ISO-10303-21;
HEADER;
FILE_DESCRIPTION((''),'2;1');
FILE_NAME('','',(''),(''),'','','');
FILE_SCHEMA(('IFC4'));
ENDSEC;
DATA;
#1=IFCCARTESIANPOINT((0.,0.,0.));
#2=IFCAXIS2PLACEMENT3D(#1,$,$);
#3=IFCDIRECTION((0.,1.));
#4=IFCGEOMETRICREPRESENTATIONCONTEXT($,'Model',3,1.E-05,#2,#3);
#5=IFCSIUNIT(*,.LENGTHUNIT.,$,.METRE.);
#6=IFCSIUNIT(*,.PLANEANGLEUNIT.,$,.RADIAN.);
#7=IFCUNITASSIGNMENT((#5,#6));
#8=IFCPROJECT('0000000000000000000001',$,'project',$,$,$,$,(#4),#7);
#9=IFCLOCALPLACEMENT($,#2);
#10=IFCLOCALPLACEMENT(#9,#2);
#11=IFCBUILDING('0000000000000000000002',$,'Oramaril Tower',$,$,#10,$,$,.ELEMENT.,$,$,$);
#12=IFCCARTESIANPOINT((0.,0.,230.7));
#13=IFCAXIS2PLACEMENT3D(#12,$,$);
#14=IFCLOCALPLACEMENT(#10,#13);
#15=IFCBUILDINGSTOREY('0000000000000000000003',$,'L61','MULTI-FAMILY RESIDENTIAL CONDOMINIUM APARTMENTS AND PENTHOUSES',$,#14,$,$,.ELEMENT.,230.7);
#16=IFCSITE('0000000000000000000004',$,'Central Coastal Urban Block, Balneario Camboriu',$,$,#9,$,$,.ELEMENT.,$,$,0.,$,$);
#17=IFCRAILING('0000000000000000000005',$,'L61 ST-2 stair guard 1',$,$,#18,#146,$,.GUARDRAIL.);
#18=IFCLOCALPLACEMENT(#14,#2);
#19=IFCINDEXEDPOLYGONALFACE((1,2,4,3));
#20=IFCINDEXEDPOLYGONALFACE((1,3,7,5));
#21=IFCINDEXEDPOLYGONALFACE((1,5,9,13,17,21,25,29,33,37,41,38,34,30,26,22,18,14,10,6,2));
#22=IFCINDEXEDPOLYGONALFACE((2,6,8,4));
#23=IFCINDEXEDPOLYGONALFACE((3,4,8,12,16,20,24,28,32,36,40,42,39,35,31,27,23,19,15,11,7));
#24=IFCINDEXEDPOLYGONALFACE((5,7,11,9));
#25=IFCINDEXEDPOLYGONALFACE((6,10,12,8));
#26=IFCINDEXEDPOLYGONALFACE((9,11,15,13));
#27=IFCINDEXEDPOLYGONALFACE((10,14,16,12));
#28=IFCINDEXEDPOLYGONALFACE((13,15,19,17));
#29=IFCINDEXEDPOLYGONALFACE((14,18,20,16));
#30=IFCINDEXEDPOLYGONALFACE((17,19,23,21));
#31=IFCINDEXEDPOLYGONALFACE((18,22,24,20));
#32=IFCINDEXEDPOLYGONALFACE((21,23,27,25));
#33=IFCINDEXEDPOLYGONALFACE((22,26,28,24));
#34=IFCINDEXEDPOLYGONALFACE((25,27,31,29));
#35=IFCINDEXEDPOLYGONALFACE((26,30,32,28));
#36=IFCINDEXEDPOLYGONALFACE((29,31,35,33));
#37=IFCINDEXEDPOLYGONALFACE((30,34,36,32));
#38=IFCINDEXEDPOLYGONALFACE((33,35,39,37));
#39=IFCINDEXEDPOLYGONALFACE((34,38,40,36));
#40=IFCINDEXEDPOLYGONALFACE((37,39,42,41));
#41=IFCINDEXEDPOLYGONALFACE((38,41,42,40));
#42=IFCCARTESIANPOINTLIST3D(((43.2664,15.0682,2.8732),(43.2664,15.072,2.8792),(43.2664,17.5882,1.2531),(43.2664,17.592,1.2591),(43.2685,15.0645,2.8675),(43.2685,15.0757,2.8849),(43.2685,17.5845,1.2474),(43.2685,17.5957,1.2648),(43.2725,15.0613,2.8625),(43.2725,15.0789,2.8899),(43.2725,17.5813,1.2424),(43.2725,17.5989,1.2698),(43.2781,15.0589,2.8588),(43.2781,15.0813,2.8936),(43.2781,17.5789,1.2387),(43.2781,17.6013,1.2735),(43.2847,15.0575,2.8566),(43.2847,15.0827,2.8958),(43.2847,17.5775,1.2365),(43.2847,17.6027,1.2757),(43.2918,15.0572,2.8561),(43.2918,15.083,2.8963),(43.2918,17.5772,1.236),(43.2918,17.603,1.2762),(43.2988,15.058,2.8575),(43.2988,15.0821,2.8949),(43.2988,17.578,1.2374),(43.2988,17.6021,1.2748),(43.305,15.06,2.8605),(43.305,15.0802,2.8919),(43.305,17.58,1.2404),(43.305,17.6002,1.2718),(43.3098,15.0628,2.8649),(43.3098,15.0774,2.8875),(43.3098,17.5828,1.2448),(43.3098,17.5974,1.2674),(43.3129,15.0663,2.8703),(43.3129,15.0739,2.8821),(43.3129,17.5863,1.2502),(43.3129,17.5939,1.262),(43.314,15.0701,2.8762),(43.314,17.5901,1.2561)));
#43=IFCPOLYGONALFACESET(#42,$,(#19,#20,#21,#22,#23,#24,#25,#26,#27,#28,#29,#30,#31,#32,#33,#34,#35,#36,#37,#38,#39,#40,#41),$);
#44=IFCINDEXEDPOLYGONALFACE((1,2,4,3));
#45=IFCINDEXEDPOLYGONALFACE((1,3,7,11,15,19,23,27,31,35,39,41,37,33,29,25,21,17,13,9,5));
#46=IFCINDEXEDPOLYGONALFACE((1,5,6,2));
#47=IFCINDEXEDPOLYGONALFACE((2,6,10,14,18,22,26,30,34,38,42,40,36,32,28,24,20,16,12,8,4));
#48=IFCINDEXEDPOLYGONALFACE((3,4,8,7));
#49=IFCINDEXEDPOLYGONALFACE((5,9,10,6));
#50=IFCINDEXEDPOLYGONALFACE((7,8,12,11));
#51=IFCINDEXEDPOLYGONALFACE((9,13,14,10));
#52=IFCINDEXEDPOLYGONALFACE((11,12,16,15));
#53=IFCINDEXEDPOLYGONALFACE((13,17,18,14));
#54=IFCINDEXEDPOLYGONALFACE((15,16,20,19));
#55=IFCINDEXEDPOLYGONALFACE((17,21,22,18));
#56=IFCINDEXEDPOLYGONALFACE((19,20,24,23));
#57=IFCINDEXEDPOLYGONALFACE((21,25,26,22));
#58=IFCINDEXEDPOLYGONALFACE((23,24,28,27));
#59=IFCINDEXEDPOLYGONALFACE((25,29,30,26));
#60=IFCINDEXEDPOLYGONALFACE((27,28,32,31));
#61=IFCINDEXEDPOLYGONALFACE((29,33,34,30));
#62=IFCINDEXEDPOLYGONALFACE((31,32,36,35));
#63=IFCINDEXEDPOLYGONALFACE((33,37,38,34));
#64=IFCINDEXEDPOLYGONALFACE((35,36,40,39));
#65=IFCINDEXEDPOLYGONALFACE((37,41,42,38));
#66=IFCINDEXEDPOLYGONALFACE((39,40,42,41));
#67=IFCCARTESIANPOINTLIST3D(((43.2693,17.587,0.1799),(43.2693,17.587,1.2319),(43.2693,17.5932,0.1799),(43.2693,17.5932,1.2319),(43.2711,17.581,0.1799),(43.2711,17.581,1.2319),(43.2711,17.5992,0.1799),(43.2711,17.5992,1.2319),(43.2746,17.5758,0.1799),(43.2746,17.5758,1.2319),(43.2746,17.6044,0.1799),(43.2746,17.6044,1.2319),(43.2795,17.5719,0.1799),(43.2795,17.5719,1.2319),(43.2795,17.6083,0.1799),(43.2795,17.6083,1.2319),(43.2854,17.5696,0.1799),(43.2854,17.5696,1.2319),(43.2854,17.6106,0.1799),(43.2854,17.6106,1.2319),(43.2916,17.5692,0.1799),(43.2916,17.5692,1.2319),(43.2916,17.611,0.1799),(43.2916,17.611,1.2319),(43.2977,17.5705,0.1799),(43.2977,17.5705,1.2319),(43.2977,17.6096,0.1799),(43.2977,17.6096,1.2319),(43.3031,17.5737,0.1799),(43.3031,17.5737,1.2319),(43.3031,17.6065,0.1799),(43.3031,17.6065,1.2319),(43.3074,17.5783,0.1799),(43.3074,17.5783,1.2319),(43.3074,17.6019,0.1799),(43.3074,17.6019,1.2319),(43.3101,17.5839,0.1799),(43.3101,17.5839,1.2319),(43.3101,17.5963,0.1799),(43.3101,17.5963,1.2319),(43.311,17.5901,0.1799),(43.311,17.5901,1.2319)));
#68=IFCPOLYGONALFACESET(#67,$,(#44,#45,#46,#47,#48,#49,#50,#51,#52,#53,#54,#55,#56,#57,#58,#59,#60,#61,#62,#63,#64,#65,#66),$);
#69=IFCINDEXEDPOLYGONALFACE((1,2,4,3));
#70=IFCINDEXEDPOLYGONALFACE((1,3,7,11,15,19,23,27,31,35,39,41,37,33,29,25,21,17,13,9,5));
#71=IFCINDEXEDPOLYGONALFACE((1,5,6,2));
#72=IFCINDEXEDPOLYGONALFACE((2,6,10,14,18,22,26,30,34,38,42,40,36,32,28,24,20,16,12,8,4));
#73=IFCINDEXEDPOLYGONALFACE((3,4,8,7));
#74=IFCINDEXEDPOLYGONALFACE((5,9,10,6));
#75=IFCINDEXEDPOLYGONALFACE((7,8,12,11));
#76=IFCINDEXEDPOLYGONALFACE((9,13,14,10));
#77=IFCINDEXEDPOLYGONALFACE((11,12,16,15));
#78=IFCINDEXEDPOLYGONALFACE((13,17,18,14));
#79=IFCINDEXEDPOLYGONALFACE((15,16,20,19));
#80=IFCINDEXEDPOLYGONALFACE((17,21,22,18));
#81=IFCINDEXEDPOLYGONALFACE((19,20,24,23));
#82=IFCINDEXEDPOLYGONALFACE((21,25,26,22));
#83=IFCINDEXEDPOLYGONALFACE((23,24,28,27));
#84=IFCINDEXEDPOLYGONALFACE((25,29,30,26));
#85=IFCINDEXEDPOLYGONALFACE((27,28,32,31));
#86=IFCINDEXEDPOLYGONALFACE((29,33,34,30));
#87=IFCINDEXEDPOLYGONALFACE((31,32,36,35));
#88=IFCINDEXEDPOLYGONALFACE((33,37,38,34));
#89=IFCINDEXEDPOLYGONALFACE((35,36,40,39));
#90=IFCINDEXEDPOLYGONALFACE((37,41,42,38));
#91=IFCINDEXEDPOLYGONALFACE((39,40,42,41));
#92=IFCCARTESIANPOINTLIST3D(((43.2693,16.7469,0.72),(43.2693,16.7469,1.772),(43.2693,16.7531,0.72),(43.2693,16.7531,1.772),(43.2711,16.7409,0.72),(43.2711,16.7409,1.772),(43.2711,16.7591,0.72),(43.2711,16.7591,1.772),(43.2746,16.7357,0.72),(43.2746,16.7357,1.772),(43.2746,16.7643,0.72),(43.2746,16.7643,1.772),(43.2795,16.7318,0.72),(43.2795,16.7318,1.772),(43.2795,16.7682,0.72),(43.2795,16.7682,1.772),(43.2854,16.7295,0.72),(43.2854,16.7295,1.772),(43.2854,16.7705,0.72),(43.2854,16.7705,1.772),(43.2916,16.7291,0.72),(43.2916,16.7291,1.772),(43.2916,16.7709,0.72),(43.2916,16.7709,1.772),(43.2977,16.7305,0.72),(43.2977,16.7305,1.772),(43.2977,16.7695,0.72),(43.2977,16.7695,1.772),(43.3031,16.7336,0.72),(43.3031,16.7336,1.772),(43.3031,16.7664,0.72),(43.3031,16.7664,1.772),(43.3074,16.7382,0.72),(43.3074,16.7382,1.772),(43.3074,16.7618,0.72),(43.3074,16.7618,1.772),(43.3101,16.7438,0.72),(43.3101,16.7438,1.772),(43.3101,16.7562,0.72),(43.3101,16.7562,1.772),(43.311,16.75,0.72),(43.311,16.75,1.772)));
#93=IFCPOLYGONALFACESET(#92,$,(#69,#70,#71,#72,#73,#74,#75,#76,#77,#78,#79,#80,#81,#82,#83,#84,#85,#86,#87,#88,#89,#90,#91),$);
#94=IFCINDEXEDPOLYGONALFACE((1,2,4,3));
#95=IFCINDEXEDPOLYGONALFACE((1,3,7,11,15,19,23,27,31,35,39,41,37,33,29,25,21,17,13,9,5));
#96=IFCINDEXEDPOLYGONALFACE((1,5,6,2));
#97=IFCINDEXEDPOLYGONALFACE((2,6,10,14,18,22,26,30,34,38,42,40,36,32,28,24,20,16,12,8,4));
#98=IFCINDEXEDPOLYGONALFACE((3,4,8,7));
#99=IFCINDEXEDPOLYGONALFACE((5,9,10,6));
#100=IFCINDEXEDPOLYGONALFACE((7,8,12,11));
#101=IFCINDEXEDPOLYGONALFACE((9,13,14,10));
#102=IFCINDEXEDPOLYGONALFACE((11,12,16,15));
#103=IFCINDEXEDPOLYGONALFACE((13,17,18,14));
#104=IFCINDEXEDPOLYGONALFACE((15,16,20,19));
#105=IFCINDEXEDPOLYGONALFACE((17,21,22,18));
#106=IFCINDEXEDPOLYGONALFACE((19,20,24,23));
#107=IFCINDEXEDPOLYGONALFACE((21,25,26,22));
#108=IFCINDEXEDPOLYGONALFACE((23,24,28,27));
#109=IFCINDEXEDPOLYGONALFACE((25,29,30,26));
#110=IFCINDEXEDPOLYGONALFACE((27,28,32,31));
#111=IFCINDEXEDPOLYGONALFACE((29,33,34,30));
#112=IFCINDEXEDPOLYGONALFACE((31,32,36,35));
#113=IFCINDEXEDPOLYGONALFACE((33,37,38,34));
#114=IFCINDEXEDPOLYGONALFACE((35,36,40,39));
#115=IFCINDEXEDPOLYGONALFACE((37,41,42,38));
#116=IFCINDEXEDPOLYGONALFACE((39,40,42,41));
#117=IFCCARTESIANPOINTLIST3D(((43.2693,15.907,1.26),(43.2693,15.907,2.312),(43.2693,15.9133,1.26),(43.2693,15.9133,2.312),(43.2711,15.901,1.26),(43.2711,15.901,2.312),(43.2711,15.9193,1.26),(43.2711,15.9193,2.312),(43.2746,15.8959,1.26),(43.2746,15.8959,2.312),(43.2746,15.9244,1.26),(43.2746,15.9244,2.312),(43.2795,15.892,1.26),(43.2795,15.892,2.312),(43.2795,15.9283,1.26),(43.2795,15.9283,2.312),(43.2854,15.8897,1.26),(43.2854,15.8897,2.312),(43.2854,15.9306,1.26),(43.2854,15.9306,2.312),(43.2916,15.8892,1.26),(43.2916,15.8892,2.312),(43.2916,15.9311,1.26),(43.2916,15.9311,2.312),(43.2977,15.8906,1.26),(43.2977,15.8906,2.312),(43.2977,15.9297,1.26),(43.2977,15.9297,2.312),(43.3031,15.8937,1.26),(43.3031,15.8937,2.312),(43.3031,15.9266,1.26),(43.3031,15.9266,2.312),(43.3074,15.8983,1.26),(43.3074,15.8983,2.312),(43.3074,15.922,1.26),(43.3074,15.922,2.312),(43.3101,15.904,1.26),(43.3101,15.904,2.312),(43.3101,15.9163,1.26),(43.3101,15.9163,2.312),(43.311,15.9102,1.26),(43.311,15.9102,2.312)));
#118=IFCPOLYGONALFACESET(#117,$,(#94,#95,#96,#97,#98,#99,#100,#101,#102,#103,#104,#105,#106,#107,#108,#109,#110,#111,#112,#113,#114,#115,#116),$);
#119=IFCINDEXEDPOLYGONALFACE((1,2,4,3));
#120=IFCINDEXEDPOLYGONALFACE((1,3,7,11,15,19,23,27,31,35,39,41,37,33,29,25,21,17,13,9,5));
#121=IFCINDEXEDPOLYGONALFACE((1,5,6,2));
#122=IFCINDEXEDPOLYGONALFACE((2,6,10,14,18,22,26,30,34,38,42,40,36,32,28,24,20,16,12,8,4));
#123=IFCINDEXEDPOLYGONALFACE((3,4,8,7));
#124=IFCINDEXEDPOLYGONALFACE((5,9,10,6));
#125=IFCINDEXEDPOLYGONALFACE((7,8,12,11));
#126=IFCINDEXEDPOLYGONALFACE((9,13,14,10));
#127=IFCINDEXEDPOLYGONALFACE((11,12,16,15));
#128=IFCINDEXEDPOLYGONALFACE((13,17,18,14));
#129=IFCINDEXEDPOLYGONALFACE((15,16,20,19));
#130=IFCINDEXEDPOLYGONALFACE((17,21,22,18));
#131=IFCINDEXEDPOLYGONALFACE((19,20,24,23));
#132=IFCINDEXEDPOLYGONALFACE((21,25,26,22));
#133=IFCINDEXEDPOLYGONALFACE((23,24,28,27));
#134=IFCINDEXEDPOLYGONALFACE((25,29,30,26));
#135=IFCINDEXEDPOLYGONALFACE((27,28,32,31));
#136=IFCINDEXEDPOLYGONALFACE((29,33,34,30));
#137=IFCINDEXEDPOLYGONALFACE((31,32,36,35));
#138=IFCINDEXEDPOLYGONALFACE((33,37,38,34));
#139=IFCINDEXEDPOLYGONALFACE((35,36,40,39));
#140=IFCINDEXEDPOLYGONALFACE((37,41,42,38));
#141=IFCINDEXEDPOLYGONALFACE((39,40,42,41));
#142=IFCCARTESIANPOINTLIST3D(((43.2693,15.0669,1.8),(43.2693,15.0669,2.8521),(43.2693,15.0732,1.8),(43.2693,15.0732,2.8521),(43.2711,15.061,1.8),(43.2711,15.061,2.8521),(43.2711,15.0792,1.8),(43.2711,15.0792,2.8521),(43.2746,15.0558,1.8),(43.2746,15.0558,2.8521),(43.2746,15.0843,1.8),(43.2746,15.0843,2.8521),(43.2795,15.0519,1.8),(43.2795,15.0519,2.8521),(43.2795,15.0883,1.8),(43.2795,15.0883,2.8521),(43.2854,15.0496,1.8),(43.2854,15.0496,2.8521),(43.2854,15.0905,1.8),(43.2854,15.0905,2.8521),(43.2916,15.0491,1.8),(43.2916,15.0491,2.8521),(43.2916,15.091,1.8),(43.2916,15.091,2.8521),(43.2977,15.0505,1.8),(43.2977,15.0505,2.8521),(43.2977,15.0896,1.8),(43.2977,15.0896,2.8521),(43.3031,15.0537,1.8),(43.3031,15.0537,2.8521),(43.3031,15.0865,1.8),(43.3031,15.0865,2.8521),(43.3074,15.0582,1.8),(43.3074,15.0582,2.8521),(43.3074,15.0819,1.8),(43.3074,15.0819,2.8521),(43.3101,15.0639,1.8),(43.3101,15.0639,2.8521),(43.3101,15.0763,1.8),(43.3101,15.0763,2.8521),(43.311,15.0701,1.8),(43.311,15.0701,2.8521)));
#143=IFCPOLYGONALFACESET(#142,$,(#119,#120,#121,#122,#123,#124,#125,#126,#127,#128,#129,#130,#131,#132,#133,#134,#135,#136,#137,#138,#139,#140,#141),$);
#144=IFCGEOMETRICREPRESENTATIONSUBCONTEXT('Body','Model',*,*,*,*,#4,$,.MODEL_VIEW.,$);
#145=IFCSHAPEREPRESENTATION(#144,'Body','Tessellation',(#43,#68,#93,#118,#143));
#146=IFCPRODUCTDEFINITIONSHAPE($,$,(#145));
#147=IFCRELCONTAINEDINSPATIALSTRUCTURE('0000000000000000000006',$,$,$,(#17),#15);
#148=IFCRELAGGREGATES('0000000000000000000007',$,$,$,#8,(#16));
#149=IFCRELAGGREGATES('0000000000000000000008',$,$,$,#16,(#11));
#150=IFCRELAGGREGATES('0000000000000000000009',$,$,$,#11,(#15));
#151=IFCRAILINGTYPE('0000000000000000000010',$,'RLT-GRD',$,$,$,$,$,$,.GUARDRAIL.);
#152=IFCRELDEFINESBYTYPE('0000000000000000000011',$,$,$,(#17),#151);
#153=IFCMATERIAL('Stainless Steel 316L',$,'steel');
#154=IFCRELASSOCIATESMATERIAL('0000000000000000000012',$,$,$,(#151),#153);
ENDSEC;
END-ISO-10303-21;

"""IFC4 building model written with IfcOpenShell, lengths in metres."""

from ifc_helpers import new_model, si_unit, direction, frame, origin, origin_2d, place, context, subcontext, project, spatial, circle, extrude, material, type_object, element, save


model = new_model("IFC4")

# Units and contexts
model_context = context("Model", 3, precision=1e-05, world=origin(), true_north=direction((0.0, 1.0)))
body_context = subcontext(model_context, "Body", "Model", "MODEL_VIEW")
ifc_project = project(units=[si_unit("LENGTHUNIT", "METRE"), si_unit("PLANEANGLEUNIT", "RADIAN")], contexts=[model_context])

# Site, building, storey
site_placement = place(None, origin())
site = spatial("IfcSite", under=ifc_project, at=site_placement, Name="Central Coastal Urban Block, Balneario Camboriu", CompositionType="ELEMENT", RefElevation=0.0)
building_placement = place(site_placement, origin())
building = spatial("IfcBuilding", under=site, at=building_placement, Name="Oramaril Tower", CompositionType="ELEMENT")
storey_placement = place(building_placement, frame((0.0, 0.0, 230.7)))
storey = spatial("IfcBuildingStorey", under=building, at=storey_placement, Name="L61", Description="MULTI-FAMILY RESIDENTIAL CONDOMINIUM APARTMENTS AND PENTHOUSES", CompositionType="ELEMENT", Elevation=230.7)

# Railing
ifc_material_1 = material(Name="Stainless Steel 316L", Category="steel")
railing_type_1 = type_object("IfcRailingType", Name="RLT-GRD", PredefinedType="GUARDRAIL", material=ifc_material_1)
railing_1_placement = place(storey_placement, frame((43.29, 17.5901, 0.1799)))
element("IfcRailing", 1, at=railing_1_placement, inside=storey, type_object=railing_type_1, Name="L61 ST-2 stair guard 1", PredefinedType="GUARDRAIL", context=body_context, shape_type="SweptSolid", body=[
    extrude(circle(Radius=0.0239, at=origin_2d()), frame((0.0, 0.0, 1.0762), z_axis=(0.0, -0.841163, 0.540782), x_axis=(1.0, 0.0, 0.0)), (0.0, 0.0, 1.0), 2.9958),
    extrude(circle(Radius=0.021, at=origin_2d()), origin(), (0.0, 0.0, 1.0), 1.052),
    extrude(circle(Radius=0.021, at=origin_2d()), frame((0.0, -0.8401, 0.54)), (0.0, 0.0, 1.0), 1.052),
    extrude(circle(Radius=0.021, at=origin_2d()), frame((0.0, -1.6799, 1.0801)), (0.0, 0.0, 1.0), 1.052),
    extrude(circle(Radius=0.021, at=origin_2d()), frame((0.0, -2.52, 1.6201)), (0.0, 0.0, 1.0), 1.052),
])

save(model, "model.ifc")
